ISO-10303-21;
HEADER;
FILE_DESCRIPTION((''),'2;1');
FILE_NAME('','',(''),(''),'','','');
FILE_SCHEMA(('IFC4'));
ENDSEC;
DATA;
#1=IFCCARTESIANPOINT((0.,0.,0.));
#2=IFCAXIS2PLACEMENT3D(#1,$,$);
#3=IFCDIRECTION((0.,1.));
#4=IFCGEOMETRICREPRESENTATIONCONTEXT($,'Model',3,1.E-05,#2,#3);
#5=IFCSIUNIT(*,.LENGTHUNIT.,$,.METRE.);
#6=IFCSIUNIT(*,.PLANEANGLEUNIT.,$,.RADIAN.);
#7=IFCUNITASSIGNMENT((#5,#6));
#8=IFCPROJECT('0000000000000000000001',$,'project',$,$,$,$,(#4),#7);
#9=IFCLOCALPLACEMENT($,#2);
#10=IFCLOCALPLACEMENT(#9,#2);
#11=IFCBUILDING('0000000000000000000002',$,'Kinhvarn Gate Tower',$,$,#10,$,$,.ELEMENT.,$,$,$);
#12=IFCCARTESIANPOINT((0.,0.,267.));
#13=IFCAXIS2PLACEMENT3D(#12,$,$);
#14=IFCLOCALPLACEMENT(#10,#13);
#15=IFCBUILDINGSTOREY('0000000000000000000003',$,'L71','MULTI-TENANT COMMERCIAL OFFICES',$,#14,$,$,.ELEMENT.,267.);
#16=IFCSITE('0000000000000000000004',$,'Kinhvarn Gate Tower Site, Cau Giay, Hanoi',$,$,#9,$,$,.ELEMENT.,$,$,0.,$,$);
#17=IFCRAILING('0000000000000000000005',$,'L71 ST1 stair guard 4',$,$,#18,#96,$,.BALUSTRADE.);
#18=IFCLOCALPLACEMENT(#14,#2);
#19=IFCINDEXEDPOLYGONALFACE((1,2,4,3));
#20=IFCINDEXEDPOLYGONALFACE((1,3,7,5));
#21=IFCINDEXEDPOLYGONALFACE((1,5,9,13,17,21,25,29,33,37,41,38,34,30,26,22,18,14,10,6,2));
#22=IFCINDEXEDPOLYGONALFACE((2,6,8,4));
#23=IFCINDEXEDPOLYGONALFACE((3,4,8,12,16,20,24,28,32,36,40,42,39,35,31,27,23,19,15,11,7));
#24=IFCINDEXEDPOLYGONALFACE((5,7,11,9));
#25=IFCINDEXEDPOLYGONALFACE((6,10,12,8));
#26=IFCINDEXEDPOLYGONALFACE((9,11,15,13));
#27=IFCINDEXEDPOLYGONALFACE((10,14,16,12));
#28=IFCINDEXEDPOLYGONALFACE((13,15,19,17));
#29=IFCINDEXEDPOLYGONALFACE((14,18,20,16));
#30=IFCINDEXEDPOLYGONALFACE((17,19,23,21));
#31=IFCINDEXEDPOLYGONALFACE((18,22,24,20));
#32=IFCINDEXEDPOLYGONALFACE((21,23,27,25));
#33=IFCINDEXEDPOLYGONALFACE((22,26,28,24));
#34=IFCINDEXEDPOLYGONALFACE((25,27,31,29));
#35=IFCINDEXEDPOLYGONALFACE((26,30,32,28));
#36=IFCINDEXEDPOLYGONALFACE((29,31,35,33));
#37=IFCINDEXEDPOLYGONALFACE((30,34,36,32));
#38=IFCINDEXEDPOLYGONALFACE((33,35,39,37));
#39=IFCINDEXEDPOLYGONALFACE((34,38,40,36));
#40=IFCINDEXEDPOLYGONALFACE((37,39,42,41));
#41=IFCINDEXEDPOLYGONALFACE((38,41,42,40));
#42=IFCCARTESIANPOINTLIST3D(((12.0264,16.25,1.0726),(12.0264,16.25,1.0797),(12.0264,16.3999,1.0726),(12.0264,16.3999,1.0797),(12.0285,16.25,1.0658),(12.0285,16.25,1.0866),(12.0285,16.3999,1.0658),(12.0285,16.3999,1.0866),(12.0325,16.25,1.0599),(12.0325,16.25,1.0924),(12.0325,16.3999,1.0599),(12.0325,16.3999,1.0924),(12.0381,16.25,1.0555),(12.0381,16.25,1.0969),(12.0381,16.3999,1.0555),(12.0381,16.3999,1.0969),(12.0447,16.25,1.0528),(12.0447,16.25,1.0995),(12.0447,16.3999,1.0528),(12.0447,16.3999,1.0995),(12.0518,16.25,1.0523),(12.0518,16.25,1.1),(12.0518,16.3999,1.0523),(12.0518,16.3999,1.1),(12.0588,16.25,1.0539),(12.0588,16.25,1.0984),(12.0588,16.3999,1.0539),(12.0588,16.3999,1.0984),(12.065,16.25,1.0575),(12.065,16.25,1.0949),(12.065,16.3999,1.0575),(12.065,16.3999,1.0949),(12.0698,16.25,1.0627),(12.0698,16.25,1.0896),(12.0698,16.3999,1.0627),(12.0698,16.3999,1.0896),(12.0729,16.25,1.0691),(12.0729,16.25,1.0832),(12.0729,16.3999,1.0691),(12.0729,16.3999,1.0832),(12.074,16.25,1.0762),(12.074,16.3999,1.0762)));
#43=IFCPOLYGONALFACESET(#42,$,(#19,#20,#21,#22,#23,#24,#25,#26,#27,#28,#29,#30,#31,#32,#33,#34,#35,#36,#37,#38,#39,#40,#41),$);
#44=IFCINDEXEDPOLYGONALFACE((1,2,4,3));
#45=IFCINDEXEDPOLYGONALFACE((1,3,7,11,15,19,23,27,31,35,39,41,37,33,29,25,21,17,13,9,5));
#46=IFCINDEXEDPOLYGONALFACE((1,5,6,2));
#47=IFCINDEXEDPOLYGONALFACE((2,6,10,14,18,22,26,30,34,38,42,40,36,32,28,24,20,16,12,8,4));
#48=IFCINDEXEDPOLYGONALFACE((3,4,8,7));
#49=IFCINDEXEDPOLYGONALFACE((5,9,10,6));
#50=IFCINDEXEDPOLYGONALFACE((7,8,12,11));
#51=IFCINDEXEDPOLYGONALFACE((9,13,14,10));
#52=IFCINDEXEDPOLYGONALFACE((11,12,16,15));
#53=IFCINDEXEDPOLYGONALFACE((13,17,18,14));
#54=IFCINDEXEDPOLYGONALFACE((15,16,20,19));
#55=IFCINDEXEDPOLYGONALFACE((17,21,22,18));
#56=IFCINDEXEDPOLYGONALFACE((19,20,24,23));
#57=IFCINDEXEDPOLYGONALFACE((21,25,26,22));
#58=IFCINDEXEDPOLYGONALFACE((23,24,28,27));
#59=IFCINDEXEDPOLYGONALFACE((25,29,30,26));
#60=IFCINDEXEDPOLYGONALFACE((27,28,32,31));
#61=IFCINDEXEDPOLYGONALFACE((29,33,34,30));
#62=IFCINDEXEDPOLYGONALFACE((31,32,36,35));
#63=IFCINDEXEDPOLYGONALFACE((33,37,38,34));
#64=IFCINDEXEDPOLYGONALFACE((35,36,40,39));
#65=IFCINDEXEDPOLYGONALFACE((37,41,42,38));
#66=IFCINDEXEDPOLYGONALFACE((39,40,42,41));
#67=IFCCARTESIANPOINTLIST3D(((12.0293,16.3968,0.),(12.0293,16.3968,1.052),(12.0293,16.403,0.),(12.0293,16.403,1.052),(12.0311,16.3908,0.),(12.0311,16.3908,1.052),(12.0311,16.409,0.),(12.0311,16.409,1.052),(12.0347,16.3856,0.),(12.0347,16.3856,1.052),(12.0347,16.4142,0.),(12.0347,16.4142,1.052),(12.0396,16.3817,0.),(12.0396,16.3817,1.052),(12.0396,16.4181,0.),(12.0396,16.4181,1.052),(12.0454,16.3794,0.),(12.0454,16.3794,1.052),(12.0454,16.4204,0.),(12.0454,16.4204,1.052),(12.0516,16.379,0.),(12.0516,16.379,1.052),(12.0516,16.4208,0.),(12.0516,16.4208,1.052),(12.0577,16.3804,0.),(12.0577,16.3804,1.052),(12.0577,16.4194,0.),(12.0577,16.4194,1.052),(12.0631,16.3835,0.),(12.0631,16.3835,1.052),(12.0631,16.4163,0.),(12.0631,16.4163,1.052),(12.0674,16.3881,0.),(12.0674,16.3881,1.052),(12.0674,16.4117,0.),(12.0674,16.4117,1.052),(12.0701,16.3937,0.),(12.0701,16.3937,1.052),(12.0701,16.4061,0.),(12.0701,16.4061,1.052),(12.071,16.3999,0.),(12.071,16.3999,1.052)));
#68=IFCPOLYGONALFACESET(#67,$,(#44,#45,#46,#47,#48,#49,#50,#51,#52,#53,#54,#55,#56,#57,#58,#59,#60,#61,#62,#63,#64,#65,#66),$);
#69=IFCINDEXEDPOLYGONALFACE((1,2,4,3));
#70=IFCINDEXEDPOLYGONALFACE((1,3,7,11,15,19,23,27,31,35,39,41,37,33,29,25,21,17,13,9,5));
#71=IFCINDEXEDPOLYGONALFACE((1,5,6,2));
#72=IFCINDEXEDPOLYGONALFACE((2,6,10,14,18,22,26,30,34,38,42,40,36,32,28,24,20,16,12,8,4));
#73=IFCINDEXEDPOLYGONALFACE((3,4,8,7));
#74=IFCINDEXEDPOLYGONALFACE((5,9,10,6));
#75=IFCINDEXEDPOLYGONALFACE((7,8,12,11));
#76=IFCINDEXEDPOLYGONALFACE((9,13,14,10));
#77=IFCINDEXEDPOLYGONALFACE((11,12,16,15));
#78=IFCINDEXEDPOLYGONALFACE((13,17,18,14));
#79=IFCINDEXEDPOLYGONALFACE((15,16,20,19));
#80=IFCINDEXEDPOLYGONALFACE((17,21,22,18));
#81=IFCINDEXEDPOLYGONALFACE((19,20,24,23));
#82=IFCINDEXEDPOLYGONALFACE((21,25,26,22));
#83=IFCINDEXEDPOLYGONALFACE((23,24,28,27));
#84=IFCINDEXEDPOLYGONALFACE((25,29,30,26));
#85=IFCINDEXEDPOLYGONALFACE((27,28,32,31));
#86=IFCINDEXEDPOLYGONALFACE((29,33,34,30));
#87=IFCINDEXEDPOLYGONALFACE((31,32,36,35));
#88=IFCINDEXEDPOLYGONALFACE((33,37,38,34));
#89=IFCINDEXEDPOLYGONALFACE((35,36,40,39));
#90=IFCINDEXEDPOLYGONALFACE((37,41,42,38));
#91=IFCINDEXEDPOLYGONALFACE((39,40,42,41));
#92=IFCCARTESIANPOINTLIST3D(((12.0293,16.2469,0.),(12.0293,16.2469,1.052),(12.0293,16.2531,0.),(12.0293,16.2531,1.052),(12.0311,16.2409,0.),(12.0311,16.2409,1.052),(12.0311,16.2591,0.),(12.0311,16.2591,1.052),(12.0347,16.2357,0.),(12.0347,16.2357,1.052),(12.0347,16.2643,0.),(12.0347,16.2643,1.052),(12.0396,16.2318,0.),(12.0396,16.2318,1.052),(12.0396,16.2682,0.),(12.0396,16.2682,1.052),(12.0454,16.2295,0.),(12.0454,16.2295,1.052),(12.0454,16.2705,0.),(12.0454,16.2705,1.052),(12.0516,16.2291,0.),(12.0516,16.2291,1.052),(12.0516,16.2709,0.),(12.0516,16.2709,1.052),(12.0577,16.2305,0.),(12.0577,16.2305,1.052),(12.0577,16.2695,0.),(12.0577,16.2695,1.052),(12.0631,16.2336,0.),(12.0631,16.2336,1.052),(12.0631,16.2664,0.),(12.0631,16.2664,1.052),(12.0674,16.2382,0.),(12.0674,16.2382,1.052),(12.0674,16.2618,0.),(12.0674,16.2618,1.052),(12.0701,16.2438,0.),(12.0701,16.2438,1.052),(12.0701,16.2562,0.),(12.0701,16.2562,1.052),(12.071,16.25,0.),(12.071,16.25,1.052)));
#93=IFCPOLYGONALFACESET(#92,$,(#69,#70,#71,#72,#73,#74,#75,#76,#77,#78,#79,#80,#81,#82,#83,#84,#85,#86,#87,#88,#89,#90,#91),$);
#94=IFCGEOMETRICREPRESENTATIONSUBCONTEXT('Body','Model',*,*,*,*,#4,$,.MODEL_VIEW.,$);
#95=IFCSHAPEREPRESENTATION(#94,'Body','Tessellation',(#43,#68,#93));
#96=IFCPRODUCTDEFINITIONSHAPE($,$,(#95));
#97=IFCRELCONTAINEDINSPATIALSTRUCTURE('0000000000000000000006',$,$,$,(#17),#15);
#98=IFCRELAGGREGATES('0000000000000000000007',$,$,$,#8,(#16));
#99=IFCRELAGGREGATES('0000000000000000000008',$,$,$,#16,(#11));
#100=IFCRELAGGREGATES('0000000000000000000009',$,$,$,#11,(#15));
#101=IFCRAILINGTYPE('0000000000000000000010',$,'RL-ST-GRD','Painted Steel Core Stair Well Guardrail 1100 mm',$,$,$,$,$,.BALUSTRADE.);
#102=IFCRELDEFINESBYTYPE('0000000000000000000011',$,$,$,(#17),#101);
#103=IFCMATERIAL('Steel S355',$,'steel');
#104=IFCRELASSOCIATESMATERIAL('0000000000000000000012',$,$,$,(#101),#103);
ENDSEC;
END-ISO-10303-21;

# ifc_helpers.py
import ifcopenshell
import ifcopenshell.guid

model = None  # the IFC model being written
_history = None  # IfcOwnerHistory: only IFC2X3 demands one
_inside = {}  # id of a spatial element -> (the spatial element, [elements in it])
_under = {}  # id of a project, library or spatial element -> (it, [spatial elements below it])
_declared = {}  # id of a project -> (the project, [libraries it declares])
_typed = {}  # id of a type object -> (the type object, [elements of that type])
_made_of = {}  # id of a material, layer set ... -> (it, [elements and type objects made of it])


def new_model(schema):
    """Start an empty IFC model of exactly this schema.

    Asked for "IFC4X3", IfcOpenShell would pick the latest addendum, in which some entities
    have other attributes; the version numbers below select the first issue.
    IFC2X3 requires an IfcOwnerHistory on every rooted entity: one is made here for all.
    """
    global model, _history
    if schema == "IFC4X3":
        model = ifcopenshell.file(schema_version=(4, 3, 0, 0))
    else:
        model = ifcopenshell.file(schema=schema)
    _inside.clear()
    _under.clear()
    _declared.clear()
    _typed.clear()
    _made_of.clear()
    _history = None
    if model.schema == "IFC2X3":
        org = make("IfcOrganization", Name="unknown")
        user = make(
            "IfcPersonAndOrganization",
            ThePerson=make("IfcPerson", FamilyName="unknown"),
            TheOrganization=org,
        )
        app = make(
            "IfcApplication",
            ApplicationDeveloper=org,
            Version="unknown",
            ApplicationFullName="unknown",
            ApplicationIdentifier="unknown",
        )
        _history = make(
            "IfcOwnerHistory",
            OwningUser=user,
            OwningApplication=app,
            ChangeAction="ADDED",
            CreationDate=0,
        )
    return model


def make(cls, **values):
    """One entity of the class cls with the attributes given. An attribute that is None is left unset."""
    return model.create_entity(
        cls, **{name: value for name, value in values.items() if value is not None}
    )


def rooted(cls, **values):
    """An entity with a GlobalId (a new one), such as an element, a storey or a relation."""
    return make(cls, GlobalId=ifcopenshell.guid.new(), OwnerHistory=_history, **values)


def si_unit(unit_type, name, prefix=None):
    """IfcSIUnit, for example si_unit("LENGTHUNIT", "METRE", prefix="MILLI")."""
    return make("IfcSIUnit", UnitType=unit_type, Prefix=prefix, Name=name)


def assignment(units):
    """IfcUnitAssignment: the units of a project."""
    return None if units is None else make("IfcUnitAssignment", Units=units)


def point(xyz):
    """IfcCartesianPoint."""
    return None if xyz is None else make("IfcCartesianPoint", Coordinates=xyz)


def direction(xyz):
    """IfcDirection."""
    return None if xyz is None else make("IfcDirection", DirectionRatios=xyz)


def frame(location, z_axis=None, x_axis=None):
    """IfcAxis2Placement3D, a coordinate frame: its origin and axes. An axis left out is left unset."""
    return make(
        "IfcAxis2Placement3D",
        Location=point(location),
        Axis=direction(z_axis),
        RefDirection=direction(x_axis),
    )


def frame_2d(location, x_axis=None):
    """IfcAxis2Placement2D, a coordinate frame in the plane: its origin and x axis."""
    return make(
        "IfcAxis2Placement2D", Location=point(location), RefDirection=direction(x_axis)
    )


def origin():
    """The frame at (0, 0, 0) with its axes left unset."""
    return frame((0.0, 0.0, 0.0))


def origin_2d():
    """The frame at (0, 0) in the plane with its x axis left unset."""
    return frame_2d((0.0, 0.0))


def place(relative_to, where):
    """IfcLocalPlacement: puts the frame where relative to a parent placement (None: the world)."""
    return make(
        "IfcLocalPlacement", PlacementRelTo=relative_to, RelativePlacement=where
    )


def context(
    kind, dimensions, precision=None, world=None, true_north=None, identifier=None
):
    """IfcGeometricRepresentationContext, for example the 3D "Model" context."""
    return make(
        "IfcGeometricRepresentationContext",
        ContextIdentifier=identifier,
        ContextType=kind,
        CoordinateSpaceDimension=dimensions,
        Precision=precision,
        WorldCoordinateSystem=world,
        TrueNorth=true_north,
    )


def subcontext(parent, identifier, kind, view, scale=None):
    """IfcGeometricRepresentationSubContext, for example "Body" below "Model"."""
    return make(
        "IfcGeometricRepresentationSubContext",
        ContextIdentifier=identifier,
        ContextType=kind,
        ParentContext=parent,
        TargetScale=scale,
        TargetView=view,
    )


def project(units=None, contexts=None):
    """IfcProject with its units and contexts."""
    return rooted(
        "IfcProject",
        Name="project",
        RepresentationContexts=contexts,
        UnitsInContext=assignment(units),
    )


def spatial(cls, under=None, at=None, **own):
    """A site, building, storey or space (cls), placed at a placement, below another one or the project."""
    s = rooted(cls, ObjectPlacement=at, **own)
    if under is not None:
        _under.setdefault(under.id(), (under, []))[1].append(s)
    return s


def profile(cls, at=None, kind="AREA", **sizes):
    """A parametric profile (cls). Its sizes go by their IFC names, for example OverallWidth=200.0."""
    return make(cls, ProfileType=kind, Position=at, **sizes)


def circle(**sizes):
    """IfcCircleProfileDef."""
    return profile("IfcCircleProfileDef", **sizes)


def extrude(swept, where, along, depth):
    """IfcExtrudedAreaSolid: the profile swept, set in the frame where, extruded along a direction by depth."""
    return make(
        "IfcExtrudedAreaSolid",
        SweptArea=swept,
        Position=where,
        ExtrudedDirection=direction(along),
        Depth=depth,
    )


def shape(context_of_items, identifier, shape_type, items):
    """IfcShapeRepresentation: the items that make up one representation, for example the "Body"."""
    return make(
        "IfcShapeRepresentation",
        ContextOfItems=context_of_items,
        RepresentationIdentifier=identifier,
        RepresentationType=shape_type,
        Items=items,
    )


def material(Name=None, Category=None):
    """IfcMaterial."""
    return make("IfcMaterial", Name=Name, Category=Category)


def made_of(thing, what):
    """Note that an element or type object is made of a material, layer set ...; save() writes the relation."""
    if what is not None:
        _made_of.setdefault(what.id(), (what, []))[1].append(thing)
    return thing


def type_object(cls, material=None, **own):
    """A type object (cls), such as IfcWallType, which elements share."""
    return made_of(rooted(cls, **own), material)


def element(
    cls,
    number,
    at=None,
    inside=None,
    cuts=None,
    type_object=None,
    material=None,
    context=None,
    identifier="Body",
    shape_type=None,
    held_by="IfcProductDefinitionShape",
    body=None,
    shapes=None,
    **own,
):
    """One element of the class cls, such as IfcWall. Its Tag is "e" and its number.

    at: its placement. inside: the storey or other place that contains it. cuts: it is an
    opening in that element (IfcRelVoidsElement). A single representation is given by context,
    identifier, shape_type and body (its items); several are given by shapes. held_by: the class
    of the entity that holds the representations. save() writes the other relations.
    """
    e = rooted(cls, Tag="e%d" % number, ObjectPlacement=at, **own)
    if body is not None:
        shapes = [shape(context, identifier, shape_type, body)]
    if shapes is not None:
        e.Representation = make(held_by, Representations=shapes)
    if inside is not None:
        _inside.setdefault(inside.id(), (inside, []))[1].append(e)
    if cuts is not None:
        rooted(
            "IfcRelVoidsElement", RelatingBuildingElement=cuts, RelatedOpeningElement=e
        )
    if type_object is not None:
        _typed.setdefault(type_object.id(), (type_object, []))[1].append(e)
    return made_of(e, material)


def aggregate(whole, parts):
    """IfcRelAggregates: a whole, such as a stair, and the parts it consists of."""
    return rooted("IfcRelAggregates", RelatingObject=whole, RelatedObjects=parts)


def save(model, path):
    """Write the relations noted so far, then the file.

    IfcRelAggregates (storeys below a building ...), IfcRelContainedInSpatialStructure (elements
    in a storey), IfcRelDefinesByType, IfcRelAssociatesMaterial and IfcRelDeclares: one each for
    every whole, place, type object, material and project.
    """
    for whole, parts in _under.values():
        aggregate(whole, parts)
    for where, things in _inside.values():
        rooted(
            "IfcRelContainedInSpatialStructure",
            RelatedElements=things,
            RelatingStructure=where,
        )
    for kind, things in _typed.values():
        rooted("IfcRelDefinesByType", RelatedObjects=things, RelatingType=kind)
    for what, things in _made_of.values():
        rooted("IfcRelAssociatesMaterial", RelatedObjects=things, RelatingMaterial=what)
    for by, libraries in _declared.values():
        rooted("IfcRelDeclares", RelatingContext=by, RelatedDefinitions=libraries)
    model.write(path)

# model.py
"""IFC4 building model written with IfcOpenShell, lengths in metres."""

from ifc_helpers import new_model, si_unit, direction, frame, origin, origin_2d, place, context, subcontext, project, spatial, circle, extrude, material, type_object, element, save


model = new_model("IFC4")

# Units and contexts
model_context = context("Model", 3, precision=1e-05, world=origin(), true_north=direction((0.0, 1.0)))
body_context = subcontext(model_context, "Body", "Model", "MODEL_VIEW")
ifc_project = project(units=[si_unit("LENGTHUNIT", "METRE"), si_unit("PLANEANGLEUNIT", "RADIAN")], contexts=[model_context])

# Site, building, storey
site_placement = place(None, origin())
site = spatial("IfcSite", under=ifc_project, at=site_placement, Name="Kinhvarn Gate Tower Site, Cau Giay, Hanoi", CompositionType="ELEMENT", RefElevation=0.0)
building_placement = place(site_placement, origin())
building = spatial("IfcBuilding", under=site, at=building_placement, Name="Kinhvarn Gate Tower", CompositionType="ELEMENT")
storey_placement = place(building_placement, frame((0.0, 0.0, 267.0)))
storey = spatial("IfcBuildingStorey", under=building, at=storey_placement, Name="L71", Description="MULTI-TENANT COMMERCIAL OFFICES", CompositionType="ELEMENT", Elevation=267.0)

# Shared definitions
ifc_material_1 = material(Name="Steel S355", Category="steel")

# Railing
railing_type_1 = type_object("IfcRailingType", Name="RL-ST-GRD", Description="Painted Steel Core Stair Well Guardrail 1100 mm", PredefinedType="BALUSTRADE", material=ifc_material_1)
railing_1_placement = place(storey_placement, frame((12.05, 16.3999, 0.0)))
element("IfcRailing", 1, at=railing_1_placement, inside=storey, type_object=railing_type_1, Name="L71 ST1 stair guard 4", PredefinedType="BALUSTRADE", context=body_context, shape_type="SweptSolid", body=[
    extrude(circle(Radius=0.0239, at=origin_2d()), frame((0.0, 0.0, 1.0762), z_axis=(0.0, -1.0, 0.0), x_axis=(1.0, 0.0, 0.0)), (0.0, 0.0, 1.0), 0.1499),
    extrude(circle(Radius=0.021, at=origin_2d()), origin(), (0.0, 0.0, 1.0), 1.052),
    extrude(circle(Radius=0.021, at=origin_2d()), frame((0.0, -0.1499, 0.0)), (0.0, 0.0, 1.0), 1.052),
])

save(model, "model.ifc")
